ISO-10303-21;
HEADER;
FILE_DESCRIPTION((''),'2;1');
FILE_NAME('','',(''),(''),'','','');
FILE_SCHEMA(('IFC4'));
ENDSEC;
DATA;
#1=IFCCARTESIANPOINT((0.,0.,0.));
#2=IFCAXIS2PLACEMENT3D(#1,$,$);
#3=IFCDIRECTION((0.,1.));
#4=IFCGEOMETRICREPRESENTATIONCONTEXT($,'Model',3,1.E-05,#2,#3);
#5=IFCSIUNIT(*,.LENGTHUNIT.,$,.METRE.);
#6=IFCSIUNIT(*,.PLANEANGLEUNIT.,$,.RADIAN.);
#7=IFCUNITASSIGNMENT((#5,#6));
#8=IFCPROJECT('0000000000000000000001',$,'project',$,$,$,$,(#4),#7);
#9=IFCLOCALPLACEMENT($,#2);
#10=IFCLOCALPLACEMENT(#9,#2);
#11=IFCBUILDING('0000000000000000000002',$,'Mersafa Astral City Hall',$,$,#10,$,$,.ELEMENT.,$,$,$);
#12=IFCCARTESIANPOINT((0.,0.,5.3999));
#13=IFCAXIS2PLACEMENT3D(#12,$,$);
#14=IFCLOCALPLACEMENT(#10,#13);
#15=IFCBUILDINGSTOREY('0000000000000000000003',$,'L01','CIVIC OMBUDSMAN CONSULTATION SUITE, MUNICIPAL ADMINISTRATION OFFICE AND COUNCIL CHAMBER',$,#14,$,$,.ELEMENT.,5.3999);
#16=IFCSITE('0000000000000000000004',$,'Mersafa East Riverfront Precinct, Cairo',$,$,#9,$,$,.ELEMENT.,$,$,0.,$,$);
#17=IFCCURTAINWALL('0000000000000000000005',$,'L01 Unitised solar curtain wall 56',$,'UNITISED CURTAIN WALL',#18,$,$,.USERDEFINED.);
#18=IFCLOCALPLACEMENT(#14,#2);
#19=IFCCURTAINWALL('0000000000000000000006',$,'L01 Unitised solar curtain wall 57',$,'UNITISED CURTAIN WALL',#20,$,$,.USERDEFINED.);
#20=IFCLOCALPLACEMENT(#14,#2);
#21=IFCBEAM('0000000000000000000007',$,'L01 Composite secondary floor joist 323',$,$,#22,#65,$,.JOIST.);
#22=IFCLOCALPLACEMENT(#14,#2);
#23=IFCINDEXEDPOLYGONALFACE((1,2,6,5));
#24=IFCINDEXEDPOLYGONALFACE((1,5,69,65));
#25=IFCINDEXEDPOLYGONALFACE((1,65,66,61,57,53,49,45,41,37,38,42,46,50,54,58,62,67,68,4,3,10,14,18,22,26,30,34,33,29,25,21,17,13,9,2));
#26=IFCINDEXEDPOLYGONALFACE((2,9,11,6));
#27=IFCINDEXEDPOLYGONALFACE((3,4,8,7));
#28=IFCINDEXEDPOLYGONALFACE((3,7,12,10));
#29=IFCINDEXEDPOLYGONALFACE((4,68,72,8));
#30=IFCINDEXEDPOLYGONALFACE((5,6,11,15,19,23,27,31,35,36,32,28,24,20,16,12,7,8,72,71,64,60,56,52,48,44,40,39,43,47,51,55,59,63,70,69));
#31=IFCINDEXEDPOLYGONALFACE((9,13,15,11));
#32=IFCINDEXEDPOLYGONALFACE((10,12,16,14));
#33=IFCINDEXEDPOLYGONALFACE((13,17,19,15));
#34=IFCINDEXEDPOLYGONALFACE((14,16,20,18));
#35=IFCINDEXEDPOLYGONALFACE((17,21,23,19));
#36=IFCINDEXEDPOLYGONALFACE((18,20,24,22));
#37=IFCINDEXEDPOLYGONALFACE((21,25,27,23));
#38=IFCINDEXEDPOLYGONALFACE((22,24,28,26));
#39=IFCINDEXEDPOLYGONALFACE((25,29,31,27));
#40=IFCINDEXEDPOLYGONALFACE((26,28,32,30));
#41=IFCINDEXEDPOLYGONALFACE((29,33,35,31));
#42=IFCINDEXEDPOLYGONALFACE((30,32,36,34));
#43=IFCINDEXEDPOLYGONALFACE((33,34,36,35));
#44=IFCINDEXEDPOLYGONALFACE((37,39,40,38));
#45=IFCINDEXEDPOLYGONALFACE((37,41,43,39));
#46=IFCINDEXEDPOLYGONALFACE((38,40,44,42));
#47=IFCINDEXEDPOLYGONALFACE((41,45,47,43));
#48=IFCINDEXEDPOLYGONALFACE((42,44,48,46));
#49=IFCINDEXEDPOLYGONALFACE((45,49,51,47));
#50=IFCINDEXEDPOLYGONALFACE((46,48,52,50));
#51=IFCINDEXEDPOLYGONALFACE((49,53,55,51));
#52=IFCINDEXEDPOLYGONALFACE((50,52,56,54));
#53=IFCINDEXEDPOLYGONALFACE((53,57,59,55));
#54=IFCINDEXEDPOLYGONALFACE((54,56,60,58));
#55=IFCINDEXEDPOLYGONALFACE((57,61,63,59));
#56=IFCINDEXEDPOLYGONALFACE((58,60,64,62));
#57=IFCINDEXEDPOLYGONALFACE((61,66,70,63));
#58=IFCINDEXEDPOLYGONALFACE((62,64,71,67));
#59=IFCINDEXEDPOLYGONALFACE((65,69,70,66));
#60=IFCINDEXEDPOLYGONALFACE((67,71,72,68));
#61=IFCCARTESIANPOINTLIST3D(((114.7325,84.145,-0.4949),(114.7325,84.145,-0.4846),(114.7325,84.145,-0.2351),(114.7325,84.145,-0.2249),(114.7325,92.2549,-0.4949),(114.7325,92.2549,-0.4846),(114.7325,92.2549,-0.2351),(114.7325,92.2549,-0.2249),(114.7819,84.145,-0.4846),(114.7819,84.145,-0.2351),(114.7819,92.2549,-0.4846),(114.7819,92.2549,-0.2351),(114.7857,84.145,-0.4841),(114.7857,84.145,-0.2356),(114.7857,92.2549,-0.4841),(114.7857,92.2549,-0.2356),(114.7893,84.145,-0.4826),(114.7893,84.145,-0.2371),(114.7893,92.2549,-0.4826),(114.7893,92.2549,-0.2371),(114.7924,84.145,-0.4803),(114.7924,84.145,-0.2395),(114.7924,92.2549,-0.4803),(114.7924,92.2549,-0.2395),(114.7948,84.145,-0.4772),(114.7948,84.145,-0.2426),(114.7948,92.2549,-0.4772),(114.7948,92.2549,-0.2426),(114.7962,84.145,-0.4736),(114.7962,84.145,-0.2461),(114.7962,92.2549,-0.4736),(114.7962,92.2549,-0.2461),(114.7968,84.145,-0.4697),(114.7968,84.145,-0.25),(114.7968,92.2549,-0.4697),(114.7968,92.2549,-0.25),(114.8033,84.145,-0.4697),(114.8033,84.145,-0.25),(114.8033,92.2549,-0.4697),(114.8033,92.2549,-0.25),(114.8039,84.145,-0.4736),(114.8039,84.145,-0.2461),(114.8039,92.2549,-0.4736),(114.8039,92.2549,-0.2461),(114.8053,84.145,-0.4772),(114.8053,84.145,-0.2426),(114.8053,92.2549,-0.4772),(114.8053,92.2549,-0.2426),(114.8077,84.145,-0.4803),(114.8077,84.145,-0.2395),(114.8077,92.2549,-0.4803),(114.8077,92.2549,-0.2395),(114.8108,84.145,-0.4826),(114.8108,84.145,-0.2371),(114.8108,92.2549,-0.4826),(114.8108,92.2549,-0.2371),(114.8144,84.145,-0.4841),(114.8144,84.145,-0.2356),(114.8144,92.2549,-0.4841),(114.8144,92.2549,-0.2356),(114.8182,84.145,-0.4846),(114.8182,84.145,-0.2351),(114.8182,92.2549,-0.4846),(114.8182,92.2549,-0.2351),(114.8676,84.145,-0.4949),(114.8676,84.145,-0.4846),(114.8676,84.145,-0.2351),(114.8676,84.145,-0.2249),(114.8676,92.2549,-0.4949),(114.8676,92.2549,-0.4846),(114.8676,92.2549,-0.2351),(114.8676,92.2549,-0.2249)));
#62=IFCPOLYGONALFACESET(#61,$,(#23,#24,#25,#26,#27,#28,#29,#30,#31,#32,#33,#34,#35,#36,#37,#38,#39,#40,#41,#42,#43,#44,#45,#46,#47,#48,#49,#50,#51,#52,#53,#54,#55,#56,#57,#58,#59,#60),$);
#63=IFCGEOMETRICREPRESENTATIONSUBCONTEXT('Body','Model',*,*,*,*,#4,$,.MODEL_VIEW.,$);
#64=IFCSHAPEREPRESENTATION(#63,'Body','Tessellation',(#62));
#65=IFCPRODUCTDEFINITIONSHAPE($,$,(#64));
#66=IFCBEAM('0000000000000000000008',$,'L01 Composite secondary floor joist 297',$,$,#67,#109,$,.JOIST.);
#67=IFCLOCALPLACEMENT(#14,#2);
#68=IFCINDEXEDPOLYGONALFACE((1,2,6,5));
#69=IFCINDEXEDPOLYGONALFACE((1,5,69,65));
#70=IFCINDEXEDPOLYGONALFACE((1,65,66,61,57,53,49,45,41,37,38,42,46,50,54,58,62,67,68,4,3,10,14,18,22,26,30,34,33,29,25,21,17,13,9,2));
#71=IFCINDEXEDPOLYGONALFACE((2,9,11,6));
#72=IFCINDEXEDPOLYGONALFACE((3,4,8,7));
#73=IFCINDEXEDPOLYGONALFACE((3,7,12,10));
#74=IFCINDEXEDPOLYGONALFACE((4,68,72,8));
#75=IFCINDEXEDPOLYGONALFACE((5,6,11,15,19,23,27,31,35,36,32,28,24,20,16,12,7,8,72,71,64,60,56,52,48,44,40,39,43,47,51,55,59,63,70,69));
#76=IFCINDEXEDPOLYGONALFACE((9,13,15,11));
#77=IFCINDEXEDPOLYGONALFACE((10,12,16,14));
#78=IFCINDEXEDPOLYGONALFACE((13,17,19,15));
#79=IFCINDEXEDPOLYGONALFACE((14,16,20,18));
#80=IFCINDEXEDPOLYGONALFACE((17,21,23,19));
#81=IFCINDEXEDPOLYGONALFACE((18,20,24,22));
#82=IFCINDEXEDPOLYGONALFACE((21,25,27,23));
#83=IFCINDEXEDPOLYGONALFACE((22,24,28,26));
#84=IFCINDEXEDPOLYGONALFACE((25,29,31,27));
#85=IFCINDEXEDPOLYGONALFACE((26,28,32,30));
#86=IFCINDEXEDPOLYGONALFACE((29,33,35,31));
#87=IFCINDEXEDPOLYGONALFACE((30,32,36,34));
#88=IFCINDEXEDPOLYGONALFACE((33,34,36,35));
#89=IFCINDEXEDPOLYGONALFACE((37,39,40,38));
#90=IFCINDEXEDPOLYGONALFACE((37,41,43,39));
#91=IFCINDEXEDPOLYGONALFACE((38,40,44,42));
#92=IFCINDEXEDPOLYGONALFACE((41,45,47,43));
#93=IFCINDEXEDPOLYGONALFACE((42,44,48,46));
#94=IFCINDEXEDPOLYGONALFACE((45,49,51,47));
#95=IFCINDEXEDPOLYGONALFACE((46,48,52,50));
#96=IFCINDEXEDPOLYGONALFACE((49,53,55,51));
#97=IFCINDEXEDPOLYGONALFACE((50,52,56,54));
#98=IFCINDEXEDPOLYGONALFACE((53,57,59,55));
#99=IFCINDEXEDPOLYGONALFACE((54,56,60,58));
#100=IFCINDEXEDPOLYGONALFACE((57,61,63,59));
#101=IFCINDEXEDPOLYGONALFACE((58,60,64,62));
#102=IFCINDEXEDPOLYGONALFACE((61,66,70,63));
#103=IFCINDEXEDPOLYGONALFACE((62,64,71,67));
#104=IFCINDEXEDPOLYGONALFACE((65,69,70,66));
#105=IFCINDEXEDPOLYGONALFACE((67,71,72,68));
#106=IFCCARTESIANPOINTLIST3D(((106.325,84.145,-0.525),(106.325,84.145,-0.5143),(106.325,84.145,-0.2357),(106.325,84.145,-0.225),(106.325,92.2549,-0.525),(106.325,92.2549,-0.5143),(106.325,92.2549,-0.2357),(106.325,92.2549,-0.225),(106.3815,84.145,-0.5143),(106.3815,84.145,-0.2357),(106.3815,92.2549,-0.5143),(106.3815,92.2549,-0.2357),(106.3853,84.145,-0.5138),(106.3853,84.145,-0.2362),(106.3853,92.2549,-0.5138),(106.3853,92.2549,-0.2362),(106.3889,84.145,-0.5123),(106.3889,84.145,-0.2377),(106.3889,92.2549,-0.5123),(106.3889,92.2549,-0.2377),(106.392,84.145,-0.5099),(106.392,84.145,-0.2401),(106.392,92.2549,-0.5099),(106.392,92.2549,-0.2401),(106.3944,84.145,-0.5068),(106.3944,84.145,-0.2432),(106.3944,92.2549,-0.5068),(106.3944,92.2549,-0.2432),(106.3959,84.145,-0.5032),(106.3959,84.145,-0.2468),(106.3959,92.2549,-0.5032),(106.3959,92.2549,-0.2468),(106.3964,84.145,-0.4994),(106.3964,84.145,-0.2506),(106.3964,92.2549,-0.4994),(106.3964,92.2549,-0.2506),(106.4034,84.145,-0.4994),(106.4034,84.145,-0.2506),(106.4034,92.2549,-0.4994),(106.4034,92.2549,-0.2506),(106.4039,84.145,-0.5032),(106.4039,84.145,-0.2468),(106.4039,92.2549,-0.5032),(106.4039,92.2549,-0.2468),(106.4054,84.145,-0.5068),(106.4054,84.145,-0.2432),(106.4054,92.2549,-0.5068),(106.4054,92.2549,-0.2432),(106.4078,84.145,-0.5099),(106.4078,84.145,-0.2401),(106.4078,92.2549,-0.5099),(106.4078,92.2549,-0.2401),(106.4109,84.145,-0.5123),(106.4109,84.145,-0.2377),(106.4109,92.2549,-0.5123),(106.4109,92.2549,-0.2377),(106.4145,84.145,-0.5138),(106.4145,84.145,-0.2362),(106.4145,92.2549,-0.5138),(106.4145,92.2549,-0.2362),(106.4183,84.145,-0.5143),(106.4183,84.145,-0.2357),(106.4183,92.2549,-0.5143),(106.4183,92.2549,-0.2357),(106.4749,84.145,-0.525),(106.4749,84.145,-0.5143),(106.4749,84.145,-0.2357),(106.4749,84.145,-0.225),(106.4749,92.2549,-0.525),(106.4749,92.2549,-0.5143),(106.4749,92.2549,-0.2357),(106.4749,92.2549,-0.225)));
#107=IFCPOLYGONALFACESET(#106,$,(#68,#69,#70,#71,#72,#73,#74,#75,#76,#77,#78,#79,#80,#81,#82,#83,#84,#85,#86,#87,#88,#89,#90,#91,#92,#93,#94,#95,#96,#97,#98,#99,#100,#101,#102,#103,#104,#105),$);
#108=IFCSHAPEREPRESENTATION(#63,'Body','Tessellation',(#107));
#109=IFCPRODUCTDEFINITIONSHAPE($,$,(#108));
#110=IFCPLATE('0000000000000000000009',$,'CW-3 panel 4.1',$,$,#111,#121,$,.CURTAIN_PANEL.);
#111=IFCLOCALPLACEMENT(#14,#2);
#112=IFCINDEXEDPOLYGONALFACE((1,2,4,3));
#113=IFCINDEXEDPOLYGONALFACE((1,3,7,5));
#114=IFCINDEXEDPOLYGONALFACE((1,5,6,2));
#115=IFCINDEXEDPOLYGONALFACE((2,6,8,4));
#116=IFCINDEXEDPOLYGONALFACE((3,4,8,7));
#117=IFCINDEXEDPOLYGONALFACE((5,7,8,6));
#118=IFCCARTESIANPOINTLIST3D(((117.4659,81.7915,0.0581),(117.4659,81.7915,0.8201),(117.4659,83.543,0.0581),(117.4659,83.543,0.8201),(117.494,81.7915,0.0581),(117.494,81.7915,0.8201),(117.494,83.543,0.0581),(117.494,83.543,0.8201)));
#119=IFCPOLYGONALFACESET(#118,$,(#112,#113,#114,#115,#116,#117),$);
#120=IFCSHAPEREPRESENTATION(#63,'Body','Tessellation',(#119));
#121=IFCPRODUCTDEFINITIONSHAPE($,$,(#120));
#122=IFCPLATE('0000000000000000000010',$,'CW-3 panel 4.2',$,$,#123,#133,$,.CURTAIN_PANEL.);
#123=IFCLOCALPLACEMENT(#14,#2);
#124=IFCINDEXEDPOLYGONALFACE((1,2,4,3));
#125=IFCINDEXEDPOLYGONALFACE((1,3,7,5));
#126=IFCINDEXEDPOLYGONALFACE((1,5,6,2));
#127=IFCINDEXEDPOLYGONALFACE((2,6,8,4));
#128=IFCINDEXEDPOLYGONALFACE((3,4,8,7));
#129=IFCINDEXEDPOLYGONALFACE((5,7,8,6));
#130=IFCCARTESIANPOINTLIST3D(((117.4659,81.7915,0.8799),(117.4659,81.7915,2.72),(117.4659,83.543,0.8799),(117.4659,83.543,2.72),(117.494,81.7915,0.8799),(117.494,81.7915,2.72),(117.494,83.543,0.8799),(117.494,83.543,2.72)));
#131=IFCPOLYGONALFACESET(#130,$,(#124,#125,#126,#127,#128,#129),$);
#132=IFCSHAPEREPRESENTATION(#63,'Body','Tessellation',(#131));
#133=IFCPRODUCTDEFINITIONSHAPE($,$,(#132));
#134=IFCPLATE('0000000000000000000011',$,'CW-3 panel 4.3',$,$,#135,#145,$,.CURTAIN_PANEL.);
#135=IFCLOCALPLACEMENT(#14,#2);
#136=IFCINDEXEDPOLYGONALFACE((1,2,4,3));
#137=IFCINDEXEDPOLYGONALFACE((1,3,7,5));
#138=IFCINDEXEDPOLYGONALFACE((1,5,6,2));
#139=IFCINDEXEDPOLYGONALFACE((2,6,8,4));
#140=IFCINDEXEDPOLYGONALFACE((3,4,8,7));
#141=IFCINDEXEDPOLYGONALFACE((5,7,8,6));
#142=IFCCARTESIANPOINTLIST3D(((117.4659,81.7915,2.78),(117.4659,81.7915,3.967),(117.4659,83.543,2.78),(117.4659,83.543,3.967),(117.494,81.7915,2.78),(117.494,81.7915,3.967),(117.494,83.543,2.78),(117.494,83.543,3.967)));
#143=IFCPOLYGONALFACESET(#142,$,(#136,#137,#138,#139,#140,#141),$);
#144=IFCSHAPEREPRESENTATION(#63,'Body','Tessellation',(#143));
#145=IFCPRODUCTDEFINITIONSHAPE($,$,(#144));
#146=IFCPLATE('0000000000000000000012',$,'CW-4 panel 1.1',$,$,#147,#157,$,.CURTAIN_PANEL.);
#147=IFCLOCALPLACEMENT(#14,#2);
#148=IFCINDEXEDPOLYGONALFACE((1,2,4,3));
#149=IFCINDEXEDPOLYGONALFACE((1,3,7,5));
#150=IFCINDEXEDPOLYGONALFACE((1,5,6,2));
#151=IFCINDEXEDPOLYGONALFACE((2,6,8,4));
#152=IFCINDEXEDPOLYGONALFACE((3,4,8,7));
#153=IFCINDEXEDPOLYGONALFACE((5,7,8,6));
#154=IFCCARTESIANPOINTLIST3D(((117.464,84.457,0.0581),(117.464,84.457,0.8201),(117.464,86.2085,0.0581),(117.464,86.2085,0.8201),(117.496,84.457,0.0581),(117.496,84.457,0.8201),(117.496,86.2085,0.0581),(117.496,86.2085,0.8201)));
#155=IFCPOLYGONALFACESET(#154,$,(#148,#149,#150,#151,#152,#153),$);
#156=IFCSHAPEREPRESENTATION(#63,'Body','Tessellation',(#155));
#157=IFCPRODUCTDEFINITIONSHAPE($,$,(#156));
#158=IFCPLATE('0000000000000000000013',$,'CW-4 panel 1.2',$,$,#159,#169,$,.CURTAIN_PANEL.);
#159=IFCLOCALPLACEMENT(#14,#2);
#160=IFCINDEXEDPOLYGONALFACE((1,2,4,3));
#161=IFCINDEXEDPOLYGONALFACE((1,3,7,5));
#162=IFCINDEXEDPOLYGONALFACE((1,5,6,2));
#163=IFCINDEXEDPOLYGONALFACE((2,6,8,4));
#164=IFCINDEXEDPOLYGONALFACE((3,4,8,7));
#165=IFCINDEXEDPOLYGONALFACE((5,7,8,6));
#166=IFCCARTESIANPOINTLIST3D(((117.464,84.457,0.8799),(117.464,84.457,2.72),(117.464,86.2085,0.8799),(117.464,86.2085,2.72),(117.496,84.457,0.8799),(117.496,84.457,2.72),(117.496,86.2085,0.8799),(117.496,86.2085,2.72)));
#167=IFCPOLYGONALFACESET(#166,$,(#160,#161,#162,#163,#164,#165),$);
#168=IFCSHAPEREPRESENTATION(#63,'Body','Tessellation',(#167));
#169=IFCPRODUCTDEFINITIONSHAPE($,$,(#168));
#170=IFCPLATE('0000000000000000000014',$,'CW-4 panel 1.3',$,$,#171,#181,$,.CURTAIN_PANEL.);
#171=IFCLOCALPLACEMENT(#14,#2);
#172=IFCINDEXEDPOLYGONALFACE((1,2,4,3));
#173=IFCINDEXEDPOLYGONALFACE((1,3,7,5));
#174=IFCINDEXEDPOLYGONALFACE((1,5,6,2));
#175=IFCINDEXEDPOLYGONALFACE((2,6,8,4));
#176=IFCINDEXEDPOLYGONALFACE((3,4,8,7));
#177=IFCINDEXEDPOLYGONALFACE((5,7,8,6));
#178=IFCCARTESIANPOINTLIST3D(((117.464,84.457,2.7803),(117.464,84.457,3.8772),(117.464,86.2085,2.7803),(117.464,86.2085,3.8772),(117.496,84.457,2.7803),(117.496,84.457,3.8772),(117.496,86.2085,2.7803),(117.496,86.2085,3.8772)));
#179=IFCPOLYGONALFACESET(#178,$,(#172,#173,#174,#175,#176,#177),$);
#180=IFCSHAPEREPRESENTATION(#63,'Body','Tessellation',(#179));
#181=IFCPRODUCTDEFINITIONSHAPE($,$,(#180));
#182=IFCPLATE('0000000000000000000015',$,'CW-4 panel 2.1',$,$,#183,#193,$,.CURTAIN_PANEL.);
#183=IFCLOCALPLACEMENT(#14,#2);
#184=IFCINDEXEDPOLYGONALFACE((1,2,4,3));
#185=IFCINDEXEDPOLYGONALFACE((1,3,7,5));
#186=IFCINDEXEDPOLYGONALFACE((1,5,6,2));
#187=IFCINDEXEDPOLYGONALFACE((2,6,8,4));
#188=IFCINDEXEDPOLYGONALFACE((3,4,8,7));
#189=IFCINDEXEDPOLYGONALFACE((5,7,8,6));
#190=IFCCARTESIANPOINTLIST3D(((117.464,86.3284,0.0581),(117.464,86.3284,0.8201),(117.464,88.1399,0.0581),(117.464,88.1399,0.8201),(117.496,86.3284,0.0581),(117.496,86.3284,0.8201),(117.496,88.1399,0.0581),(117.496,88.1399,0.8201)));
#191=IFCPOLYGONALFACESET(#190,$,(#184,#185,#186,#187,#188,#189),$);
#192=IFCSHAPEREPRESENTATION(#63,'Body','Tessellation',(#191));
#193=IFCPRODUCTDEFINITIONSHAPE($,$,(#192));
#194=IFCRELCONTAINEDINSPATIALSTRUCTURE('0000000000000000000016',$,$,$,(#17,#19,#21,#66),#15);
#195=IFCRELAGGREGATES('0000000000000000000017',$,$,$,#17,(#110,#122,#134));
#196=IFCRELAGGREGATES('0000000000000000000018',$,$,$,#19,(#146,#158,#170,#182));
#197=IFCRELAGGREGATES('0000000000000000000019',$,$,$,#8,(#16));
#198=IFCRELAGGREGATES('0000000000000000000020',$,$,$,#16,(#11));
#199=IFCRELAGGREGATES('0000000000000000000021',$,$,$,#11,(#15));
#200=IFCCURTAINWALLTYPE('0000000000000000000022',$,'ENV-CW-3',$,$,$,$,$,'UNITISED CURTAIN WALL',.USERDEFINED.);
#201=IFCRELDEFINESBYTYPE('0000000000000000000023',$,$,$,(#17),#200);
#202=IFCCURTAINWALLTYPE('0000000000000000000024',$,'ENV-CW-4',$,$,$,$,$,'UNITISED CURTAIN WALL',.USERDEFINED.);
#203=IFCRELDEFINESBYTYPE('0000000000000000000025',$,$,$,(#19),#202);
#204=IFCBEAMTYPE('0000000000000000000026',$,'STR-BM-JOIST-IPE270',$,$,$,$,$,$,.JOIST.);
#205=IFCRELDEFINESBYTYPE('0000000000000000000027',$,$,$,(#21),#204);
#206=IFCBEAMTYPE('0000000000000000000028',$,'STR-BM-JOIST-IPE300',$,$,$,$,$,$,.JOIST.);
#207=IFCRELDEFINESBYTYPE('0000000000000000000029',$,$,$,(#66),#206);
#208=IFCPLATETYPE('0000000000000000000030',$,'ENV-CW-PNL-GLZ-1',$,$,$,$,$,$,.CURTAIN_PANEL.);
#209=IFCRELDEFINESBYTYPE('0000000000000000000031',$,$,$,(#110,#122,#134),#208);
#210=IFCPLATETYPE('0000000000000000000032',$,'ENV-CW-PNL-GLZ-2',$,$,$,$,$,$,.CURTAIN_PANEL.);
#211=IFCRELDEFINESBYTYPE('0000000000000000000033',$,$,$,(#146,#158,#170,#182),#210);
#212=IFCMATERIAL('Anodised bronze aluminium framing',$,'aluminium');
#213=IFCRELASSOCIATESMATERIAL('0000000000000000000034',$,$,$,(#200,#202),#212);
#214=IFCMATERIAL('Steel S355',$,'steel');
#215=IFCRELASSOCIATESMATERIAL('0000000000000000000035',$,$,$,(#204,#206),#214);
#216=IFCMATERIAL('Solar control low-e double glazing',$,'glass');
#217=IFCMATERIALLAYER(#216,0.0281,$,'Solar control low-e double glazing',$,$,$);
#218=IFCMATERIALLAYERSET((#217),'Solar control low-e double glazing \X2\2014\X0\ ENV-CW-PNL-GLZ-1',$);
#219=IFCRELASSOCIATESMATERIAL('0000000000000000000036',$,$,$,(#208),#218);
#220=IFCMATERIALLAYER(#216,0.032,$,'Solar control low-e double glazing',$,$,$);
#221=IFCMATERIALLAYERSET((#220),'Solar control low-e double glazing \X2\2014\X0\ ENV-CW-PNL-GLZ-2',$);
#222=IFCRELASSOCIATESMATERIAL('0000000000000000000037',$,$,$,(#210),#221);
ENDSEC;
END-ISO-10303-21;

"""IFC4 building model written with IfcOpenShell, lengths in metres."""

from ifc_helpers import new_model, si_unit, direction, frame, origin, origin_2d, place, context, subcontext, project, spatial, rectangle, i_section, extrude, material, layer, layer_set, material_profile, profile_set, type_object, element, aggregate, save


model = new_model("IFC4")

# Units and contexts
model_context = context("Model", 3, precision=1e-05, world=origin(), true_north=direction((0.0, 1.0)))
body_context = subcontext(model_context, "Body", "Model", "MODEL_VIEW")
ifc_project = project(units=[si_unit("LENGTHUNIT", "METRE"), si_unit("PLANEANGLEUNIT", "RADIAN")], contexts=[model_context])

# Site, building, storey
site_placement = place(None, origin())
site = spatial("IfcSite", under=ifc_project, at=site_placement, Name="Mersafa East Riverfront Precinct, Cairo", CompositionType="ELEMENT", RefElevation=0.0)
building_placement = place(site_placement, origin())
building = spatial("IfcBuilding", under=site, at=building_placement, Name="Mersafa Astral City Hall", CompositionType="ELEMENT")
storey_placement = place(building_placement, frame((0.0, 0.0, 5.3999)))
storey = spatial("IfcBuildingStorey", under=building, at=storey_placement, Name="L01", Description="CIVIC OMBUDSMAN CONSULTATION SUITE, MUNICIPAL ADMINISTRATION OFFICE AND COUNCIL CHAMBER", CompositionType="ELEMENT", Elevation=5.3999)

# Curtain walls
ifc_material_1 = material(Name="Anodised bronze aluminium framing", Category="aluminium")
curtain_wall_type_1 = type_object("IfcCurtainWallType", Name="ENV-CW-3", ElementType="UNITISED CURTAIN WALL", PredefinedType="USERDEFINED", material=ifc_material_1)
curtain_wall_1_placement = place(storey_placement, origin())
curtain_wall_1 = element("IfcCurtainWall", 1, at=curtain_wall_1_placement, inside=storey, type_object=curtain_wall_type_1, Name="L01 Unitised solar curtain wall 56", ObjectType="UNITISED CURTAIN WALL", PredefinedType="USERDEFINED")
curtain_wall_type_2 = type_object("IfcCurtainWallType", Name="ENV-CW-4", ElementType="UNITISED CURTAIN WALL", PredefinedType="USERDEFINED", material=ifc_material_1)
curtain_wall_2_placement = place(storey_placement, origin())
curtain_wall_2 = element("IfcCurtainWall", 2, at=curtain_wall_2_placement, inside=storey, type_object=curtain_wall_type_2, Name="L01 Unitised solar curtain wall 57", ObjectType="UNITISED CURTAIN WALL", PredefinedType="USERDEFINED")

# Beams
ifc_material_2 = material(Name="Steel S355", Category="steel")
ifc_material_profile_1 = material_profile(ifc_material_2, i_section(OverallWidth=0.135, OverallDepth=0.27, WebThickness=0.0066, FlangeThickness=0.0103, FilletRadius=0.0149, at=origin_2d()), Name="IPE 270")
ifc_profile_set_1 = profile_set([ifc_material_profile_1], Name="Steel S355")
beam_type_1 = type_object("IfcBeamType", Name="STR-BM-JOIST-IPE270", PredefinedType="JOIST", material=ifc_profile_set_1)
for number, where, z_axis, x_axis, name in (
    (3, (114.8, 84.145, -0.3599), (0.0, 1.0, 0.0), (-1.0, 0.0, 0.0), "L01 Composite secondary floor joist 323"),
):
    element("IfcBeam", number, at=place(storey_placement, frame(where, z_axis=z_axis, x_axis=x_axis)), inside=storey, type_object=beam_type_1, Name=name, PredefinedType="JOIST", context=body_context, shape_type="SweptSolid", body=[
        extrude(i_section(OverallWidth=0.135, OverallDepth=0.27, WebThickness=0.0066, FlangeThickness=0.0103, FilletRadius=0.0149, at=origin_2d()), origin(), (0.0, 0.0, 1.0), 8.1099),
    ])
ifc_material_profile_2 = material_profile(ifc_material_2, i_section(OverallWidth=0.1499, OverallDepth=0.3, WebThickness=0.0071, FlangeThickness=0.0107, FilletRadius=0.0149, at=origin_2d()), Name="IPE 300")
ifc_profile_set_2 = profile_set([ifc_material_profile_2], Name="Steel S355")
beam_type_2 = type_object("IfcBeamType", Name="STR-BM-JOIST-IPE300", PredefinedType="JOIST", material=ifc_profile_set_2)
beam_placement = place(storey_placement, frame((106.3999, 84.145, -0.375), z_axis=(0.0, 1.0, 0.0), x_axis=(-1.0, 0.0, 0.0)))
element("IfcBeam", 4, at=beam_placement, inside=storey, type_object=beam_type_2, Name="L01 Composite secondary floor joist 297", PredefinedType="JOIST", context=body_context, shape_type="SweptSolid", body=[
    extrude(i_section(OverallWidth=0.1499, OverallDepth=0.3, WebThickness=0.0071, FlangeThickness=0.0107, FilletRadius=0.0149, at=origin_2d()), origin(), (0.0, 0.0, 1.0), 8.1099),
])

# Plates
ifc_material_3 = material(Name="Solar control low-e double glazing", Category="glass")
ifc_layer_1 = layer(ifc_material_3, 0.0281, Name="Solar control low-e double glazing")
ifc_layer_set_1 = layer_set([ifc_layer_1], Name="Solar control low-e double glazing — ENV-CW-PNL-GLZ-1")
plate_type_1 = type_object("IfcPlateType", Name="ENV-CW-PNL-GLZ-1", PredefinedType="CURTAIN_PANEL", material=ifc_layer_set_1)
plate_1_placement = place(storey_placement, frame((117.48, 82.6672, 0.0581), z_axis=(0.0, 0.0, 1.0), x_axis=(0.0, 1.0, 0.0)))
plate_1 = element("IfcPlate", 5, at=plate_1_placement, type_object=plate_type_1, Name="CW-3 panel 4.1", PredefinedType="CURTAIN_PANEL", context=body_context, shape_type="SweptSolid", body=[
    extrude(rectangle(XDim=1.7515, YDim=0.0281, at=origin_2d()), origin(), (0.0, 0.0, 1.0), 0.762),
])
plate_2_placement = place(storey_placement, frame((117.48, 82.6672, 0.8799), z_axis=(0.0, 0.0, 1.0), x_axis=(0.0, 1.0, 0.0)))
plate_2 = element("IfcPlate", 6, at=plate_2_placement, type_object=plate_type_1, Name="CW-3 panel 4.2", PredefinedType="CURTAIN_PANEL", context=body_context, shape_type="SweptSolid", body=[
    extrude(rectangle(XDim=1.7515, YDim=0.0281, at=origin_2d()), origin(), (0.0, 0.0, 1.0), 1.8401),
])
plate_3_placement = place(storey_placement, frame((117.48, 82.6672, 2.78), z_axis=(0.0, 0.0, 1.0), x_axis=(0.0, 1.0, 0.0)))
plate_3 = element("IfcPlate", 7, at=plate_3_placement, type_object=plate_type_1, Name="CW-3 panel 4.3", PredefinedType="CURTAIN_PANEL", context=body_context, shape_type="SweptSolid", body=[
    extrude(rectangle(XDim=1.7515, YDim=0.0281, at=origin_2d()), origin(), (0.0, 0.0, 1.0), 1.187),
])
aggregate(curtain_wall_1, [plate_1, plate_2, plate_3])
ifc_layer_2 = layer(ifc_material_3, 0.032, Name="Solar control low-e double glazing")
ifc_layer_set_2 = layer_set([ifc_layer_2], Name="Solar control low-e double glazing — ENV-CW-PNL-GLZ-2")
plate_type_2 = type_object("IfcPlateType", Name="ENV-CW-PNL-GLZ-2", PredefinedType="CURTAIN_PANEL", material=ifc_layer_set_2)
plate_4_placement = place(storey_placement, frame((117.48, 85.3328, 0.0581), z_axis=(0.0, 0.0, 1.0), x_axis=(0.0, 1.0, 0.0)))
plate_4 = element("IfcPlate", 8, at=plate_4_placement, type_object=plate_type_2, Name="CW-4 panel 1.1", PredefinedType="CURTAIN_PANEL", context=body_context, shape_type="SweptSolid", body=[
    extrude(rectangle(XDim=1.7515, YDim=0.032, at=origin_2d()), origin(), (0.0, 0.0, 1.0), 0.762),
])
plate_5_placement = place(storey_placement, frame((117.48, 85.3328, 0.8799), z_axis=(0.0, 0.0, 1.0), x_axis=(0.0, 1.0, 0.0)))
plate_5 = element("IfcPlate", 9, at=plate_5_placement, type_object=plate_type_2, Name="CW-4 panel 1.2", PredefinedType="CURTAIN_PANEL", context=body_context, shape_type="SweptSolid", body=[
    extrude(rectangle(XDim=1.7515, YDim=0.032, at=origin_2d()), origin(), (0.0, 0.0, 1.0), 1.8401),
])
plate_6_placement = place(storey_placement, frame((117.48, 85.3328, 2.7803), z_axis=(0.0, 0.0, 1.0), x_axis=(0.0, 1.0, 0.0)))
plate_6 = element("IfcPlate", 10, at=plate_6_placement, type_object=plate_type_2, Name="CW-4 panel 1.3", PredefinedType="CURTAIN_PANEL", context=body_context, shape_type="SweptSolid", body=[
    extrude(rectangle(XDim=1.7515, YDim=0.032, at=origin_2d()), origin(), (0.0, 0.0, 1.0), 1.0969),
])
plate_7_placement = place(storey_placement, frame((117.48, 87.2341, 0.0581), z_axis=(0.0, 0.0, 1.0), x_axis=(0.0, 1.0, 0.0)))
plate_7 = element("IfcPlate", 11, at=plate_7_placement, type_object=plate_type_2, Name="CW-4 panel 2.1", PredefinedType="CURTAIN_PANEL", context=body_context, shape_type="SweptSolid", body=[
    extrude(rectangle(XDim=1.8115, YDim=0.032, at=origin_2d()), origin(), (0.0, 0.0, 1.0), 0.762),
])
aggregate(curtain_wall_2, [plate_4, plate_5, plate_6, plate_7])

save(model, "model.ifc")
